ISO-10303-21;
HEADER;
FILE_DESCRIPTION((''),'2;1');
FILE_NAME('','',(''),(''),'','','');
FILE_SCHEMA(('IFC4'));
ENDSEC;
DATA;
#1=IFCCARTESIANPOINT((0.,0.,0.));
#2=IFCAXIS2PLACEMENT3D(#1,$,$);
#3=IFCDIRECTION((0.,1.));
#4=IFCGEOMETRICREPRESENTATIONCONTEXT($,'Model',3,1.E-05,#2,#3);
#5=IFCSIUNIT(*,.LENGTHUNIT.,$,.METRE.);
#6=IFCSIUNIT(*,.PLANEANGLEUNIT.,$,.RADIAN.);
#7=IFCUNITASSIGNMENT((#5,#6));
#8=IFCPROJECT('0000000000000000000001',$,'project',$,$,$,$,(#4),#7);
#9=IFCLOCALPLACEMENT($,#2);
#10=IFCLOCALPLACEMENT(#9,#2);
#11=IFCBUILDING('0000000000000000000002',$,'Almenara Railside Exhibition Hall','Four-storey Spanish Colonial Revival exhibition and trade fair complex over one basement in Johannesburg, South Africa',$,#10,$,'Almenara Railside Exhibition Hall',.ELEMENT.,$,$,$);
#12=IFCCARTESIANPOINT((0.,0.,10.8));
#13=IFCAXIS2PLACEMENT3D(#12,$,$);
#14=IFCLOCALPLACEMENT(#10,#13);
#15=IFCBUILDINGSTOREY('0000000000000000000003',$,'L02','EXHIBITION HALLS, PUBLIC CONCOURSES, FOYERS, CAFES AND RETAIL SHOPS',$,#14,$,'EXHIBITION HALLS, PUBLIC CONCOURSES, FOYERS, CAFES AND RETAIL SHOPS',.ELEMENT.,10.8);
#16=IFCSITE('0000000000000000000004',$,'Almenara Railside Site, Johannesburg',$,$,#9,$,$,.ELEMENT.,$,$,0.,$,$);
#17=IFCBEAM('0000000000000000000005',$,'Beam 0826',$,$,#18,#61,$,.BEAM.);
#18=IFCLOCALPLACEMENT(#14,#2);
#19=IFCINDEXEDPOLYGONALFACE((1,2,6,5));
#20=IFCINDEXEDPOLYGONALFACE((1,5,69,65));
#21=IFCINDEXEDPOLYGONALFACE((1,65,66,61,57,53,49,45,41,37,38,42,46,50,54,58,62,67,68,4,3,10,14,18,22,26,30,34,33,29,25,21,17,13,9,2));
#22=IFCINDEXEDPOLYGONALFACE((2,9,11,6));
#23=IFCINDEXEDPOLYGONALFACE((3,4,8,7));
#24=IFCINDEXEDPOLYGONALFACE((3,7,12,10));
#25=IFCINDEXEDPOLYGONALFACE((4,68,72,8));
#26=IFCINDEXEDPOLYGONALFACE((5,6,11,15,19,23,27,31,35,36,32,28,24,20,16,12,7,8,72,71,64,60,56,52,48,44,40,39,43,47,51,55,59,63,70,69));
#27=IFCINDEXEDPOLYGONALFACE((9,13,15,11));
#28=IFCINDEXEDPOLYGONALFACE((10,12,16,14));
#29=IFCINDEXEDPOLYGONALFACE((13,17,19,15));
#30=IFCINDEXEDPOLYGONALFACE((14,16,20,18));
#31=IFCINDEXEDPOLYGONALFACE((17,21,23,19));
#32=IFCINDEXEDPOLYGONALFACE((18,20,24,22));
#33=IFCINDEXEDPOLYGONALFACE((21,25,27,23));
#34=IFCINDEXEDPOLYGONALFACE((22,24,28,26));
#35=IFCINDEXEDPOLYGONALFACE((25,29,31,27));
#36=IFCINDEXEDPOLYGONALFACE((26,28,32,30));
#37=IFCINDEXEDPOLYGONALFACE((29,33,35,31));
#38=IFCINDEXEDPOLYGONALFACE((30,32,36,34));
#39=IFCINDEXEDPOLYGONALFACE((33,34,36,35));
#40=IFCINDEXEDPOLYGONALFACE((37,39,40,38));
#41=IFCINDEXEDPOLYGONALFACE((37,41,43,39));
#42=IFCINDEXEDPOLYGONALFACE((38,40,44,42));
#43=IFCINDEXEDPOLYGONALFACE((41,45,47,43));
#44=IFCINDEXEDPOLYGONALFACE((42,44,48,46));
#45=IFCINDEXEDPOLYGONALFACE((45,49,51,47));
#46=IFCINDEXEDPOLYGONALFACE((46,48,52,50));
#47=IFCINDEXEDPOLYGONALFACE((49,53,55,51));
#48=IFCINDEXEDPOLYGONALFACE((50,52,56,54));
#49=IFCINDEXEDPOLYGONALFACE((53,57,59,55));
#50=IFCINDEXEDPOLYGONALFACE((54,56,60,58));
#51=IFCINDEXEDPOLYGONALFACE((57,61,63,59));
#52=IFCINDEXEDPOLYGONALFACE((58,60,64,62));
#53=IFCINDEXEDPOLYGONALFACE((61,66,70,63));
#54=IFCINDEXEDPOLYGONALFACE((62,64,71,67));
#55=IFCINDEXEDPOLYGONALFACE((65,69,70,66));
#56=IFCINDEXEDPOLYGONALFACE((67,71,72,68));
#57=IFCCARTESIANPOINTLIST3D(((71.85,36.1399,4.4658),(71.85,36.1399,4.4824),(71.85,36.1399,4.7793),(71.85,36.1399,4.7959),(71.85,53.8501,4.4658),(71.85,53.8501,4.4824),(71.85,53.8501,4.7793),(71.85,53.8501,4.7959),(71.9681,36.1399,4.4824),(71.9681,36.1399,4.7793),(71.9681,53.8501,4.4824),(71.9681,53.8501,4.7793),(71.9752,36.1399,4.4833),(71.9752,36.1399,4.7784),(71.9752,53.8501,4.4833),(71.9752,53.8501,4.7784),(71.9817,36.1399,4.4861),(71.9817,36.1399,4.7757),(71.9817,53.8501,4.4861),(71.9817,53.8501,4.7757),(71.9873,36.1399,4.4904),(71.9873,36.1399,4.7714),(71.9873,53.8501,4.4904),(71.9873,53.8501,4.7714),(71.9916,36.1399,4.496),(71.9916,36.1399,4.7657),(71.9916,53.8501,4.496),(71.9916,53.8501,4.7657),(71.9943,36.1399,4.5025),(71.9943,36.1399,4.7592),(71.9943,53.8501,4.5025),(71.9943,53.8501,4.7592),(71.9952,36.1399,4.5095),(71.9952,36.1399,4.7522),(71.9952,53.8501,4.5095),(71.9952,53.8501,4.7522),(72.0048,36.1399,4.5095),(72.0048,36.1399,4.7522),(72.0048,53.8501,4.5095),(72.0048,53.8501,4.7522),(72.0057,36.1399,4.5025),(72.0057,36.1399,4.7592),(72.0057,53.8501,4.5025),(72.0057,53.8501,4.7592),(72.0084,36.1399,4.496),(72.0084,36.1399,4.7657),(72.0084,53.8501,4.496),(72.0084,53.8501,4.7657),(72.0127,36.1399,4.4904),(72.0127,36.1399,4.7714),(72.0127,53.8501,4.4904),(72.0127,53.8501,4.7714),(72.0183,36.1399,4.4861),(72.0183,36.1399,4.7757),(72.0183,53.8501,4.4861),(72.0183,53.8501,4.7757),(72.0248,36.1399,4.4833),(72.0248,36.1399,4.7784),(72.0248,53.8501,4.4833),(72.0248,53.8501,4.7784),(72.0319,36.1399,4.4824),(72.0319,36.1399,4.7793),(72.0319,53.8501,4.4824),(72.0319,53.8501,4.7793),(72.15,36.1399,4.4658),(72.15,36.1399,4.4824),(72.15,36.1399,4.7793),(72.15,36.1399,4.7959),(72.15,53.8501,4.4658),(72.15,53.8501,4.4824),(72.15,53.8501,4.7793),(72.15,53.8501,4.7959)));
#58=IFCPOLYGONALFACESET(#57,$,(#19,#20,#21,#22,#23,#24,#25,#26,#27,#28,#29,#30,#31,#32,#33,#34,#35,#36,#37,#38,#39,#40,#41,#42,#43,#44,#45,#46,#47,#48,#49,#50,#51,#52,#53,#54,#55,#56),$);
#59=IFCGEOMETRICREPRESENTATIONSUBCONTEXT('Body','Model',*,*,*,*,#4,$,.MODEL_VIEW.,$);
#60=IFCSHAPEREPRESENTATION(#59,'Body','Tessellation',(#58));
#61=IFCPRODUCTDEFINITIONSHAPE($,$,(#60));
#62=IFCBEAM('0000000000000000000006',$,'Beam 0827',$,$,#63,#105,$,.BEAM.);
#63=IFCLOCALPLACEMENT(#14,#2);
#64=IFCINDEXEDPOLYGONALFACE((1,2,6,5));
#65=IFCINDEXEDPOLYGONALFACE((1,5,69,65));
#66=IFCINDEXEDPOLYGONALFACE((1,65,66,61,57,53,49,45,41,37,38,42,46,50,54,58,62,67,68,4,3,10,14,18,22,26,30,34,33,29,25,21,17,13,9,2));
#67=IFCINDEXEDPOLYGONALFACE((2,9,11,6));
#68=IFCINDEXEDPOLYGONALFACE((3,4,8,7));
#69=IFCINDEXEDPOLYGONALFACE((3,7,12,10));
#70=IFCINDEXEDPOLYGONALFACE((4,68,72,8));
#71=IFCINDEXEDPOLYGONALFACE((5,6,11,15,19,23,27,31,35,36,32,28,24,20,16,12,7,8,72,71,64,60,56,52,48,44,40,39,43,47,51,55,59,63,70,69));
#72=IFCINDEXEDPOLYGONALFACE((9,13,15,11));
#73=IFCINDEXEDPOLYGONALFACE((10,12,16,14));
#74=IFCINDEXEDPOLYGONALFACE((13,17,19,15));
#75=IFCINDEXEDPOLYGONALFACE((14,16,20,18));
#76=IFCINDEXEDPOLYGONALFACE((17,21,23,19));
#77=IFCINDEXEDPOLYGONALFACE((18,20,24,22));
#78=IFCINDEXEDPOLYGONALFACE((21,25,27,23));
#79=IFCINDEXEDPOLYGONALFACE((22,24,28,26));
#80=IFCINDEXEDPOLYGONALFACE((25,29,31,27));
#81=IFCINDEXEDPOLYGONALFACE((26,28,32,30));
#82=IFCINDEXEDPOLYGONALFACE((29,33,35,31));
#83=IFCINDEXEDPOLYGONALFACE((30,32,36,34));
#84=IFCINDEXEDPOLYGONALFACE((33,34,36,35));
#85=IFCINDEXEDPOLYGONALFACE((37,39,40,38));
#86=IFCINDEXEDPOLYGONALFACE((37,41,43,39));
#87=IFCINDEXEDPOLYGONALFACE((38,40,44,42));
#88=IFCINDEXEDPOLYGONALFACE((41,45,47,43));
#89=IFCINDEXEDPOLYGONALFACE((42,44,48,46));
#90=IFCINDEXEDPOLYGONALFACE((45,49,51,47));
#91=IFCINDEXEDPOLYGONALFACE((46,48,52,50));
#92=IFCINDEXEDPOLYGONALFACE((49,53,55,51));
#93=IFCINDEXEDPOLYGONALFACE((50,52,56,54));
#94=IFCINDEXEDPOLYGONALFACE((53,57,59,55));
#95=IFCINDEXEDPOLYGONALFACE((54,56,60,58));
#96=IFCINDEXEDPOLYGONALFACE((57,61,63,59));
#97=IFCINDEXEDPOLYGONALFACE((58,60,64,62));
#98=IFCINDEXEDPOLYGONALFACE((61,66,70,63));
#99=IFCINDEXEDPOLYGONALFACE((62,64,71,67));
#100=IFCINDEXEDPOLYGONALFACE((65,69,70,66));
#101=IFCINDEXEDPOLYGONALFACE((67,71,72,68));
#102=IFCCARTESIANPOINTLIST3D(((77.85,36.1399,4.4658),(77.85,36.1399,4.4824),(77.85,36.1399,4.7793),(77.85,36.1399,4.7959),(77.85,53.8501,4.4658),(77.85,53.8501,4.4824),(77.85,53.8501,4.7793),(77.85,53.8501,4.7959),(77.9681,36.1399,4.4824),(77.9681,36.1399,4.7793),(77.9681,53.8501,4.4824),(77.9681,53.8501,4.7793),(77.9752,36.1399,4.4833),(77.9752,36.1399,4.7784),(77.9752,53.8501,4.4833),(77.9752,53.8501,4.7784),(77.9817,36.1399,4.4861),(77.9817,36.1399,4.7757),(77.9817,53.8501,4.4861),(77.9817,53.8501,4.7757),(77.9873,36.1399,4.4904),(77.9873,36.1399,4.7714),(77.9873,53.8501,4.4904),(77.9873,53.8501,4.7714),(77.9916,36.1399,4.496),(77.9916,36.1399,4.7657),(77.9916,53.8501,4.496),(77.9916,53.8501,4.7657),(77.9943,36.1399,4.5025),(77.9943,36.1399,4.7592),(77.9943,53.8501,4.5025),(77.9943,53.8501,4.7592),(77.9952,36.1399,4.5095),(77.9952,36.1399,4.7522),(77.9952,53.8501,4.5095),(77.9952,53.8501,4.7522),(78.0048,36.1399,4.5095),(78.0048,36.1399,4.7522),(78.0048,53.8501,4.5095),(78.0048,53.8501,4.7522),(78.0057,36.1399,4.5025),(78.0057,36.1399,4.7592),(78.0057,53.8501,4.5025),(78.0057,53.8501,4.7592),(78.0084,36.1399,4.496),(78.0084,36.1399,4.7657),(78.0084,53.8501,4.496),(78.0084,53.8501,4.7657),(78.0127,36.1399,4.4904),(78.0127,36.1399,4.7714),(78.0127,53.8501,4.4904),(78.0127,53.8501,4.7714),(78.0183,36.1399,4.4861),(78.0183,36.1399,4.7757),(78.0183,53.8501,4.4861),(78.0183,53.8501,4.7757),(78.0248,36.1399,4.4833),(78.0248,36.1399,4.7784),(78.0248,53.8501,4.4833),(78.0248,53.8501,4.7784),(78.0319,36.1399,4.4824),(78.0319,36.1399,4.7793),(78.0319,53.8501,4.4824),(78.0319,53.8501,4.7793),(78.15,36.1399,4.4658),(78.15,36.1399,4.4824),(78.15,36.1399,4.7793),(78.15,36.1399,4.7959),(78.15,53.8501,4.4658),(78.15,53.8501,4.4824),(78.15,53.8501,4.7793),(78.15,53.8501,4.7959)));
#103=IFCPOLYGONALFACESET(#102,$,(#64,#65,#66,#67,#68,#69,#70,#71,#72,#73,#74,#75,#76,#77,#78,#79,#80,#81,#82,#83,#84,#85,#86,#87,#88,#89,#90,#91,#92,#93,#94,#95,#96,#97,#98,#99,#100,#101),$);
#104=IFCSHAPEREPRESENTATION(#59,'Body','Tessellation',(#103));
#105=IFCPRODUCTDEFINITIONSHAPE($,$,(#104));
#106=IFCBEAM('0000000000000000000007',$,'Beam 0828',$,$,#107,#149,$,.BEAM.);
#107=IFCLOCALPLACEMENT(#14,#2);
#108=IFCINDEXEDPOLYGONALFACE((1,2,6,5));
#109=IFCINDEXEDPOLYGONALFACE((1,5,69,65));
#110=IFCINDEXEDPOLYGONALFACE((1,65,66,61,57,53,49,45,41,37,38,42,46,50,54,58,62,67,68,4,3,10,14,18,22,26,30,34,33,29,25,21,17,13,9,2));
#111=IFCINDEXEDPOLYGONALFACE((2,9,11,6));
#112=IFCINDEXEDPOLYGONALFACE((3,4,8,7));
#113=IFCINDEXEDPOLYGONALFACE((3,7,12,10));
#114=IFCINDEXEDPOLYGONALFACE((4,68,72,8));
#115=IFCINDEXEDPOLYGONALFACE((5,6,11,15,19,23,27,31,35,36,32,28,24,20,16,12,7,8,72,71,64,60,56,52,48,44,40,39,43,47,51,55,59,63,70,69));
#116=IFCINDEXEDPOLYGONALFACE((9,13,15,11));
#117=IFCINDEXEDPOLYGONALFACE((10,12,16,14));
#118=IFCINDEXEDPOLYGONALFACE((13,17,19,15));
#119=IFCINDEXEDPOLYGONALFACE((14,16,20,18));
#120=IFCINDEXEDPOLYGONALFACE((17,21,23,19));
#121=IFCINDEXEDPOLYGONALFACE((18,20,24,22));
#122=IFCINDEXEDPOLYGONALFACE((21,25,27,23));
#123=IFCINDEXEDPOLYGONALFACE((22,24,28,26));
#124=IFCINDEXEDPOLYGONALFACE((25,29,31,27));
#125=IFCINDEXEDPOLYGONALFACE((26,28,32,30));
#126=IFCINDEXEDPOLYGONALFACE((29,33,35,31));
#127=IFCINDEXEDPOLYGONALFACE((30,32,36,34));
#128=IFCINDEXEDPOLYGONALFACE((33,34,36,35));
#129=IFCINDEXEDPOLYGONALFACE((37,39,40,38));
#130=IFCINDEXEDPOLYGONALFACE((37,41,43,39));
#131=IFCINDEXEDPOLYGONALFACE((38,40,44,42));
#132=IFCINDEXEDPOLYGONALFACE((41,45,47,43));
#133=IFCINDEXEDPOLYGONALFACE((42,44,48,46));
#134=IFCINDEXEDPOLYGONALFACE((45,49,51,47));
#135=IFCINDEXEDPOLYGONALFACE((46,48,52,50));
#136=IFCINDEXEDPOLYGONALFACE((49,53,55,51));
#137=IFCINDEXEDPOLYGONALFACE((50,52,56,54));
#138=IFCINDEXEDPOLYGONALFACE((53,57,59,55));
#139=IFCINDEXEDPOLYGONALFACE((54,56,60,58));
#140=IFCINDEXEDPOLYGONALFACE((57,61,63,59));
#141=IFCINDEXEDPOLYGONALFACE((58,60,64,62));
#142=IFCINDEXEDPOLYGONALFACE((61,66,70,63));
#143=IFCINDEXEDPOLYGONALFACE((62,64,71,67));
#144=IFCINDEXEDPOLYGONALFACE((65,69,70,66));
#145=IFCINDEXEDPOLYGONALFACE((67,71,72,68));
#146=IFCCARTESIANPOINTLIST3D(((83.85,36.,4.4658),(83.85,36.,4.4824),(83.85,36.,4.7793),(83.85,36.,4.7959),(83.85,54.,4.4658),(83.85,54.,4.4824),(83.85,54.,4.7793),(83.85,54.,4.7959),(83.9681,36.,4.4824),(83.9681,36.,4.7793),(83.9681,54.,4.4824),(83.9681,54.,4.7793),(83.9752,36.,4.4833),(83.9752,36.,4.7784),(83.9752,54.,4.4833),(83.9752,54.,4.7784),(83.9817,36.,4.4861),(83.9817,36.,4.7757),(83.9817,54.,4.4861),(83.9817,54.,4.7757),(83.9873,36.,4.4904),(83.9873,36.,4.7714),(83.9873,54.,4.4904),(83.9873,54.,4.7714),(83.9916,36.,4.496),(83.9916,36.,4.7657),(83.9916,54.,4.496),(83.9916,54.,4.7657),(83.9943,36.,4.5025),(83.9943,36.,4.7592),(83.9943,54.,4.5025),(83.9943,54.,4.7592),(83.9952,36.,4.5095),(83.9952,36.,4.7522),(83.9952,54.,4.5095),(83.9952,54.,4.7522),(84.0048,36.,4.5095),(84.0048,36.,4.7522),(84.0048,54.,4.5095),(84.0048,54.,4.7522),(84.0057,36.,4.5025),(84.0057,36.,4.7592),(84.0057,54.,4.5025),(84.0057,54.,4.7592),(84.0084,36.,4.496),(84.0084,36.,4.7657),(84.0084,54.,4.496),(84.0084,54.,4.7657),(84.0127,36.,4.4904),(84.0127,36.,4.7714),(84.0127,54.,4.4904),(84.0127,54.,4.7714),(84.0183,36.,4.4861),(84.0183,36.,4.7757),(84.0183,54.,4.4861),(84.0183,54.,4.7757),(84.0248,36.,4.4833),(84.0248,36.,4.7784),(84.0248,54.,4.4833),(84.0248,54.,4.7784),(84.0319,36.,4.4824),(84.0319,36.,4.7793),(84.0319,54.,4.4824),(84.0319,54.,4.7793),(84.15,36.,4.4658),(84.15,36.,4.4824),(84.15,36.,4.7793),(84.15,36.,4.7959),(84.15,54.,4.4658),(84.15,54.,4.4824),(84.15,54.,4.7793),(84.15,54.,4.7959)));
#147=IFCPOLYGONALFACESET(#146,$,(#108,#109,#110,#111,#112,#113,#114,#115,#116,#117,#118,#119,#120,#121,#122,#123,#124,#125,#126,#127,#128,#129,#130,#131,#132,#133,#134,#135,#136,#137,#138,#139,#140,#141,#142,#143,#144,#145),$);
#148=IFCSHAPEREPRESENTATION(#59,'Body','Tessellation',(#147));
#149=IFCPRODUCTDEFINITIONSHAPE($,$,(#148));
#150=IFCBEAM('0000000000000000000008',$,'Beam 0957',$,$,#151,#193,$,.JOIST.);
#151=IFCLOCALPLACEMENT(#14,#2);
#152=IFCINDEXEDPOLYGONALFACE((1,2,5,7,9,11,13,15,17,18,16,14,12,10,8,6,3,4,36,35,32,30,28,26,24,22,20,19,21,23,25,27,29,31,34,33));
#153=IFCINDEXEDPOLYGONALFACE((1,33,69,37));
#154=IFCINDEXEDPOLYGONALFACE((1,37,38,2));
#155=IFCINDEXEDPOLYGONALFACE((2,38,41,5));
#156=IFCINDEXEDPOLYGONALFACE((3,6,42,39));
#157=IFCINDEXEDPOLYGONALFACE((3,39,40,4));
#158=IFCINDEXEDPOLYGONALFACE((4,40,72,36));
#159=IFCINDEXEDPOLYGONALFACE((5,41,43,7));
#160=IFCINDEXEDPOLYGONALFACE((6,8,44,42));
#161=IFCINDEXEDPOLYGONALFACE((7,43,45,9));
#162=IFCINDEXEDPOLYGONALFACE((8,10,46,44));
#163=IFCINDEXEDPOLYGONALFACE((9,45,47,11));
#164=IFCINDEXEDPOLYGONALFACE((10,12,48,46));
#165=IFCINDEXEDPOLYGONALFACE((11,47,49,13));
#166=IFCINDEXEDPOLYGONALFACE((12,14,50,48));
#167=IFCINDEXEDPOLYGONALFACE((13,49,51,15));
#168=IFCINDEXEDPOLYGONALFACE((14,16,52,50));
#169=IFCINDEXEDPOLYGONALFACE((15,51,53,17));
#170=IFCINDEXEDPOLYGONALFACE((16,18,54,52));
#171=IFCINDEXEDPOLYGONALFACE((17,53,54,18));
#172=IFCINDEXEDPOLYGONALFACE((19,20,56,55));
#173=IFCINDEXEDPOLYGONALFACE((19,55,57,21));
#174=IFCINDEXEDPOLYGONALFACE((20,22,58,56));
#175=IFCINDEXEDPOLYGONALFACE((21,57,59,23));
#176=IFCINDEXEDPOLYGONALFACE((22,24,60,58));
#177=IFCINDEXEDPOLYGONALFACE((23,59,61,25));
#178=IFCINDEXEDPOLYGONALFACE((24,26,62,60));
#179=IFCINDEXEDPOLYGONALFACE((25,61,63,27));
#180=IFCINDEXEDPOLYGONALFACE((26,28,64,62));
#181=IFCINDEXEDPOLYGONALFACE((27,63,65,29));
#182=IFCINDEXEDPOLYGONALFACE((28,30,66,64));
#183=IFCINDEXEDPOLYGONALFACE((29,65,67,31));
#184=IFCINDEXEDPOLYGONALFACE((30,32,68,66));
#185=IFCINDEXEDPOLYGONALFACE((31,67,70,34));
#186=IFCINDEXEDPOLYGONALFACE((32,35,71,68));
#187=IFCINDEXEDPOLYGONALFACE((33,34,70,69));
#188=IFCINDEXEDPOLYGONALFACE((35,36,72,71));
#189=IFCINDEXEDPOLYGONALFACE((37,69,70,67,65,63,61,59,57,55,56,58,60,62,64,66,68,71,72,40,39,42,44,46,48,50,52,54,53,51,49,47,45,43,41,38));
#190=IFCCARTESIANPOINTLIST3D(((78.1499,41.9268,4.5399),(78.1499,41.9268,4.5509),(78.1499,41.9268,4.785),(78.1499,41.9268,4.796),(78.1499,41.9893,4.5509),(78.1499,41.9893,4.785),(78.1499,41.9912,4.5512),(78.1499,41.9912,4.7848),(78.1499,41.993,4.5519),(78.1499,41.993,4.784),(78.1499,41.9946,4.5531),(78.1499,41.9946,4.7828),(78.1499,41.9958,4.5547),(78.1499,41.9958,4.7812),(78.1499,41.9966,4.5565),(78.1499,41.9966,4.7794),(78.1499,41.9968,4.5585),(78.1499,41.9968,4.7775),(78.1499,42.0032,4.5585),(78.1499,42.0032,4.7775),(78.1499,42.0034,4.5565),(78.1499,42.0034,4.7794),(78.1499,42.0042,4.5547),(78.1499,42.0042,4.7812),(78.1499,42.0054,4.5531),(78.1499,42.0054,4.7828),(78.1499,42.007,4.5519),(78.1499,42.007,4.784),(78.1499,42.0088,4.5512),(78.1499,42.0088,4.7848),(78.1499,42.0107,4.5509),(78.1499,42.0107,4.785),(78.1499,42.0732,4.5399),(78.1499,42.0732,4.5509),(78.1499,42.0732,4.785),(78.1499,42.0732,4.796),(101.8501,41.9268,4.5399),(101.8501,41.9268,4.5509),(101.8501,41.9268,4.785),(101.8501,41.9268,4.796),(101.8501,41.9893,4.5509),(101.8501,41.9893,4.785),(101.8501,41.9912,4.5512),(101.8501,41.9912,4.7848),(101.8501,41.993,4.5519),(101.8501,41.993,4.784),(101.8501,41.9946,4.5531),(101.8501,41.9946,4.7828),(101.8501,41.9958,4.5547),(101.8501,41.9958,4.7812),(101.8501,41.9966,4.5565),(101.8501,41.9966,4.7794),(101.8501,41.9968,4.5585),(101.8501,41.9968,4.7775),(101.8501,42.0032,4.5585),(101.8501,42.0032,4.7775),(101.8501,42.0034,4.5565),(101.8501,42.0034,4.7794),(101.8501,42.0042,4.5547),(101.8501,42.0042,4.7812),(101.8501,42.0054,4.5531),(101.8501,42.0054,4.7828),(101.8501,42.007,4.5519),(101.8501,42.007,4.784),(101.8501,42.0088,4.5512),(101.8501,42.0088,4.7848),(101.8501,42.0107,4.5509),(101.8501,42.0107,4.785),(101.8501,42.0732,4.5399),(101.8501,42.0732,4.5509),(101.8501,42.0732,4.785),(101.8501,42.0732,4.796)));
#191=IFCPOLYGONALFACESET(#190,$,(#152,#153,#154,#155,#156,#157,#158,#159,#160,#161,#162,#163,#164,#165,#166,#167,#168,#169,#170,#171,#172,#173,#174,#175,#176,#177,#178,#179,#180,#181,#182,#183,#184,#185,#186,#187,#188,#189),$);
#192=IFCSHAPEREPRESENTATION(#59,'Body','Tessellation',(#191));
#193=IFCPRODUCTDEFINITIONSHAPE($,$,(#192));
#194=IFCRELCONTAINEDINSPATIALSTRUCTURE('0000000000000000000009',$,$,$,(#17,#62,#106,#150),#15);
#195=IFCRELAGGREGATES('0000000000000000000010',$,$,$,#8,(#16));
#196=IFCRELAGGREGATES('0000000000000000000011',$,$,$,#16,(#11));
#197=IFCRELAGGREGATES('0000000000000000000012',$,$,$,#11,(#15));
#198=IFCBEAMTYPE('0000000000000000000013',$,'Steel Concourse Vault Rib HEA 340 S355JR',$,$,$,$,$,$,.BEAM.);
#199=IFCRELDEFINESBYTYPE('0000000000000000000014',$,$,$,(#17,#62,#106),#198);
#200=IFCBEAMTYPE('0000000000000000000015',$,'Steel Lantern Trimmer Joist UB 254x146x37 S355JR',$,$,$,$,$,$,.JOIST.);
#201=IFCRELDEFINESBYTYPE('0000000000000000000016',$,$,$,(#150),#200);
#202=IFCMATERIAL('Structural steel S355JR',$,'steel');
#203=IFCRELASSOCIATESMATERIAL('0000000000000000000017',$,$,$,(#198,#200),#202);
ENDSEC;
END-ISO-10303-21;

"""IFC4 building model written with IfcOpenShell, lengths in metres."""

from ifc_helpers import new_model, si_unit, direction, frame, origin, origin_2d, place, context, subcontext, project, spatial, i_section, extrude, material, material_profile, profile_set, type_object, element, save


model = new_model("IFC4")

# Units and contexts
model_context = context("Model", 3, precision=1e-05, world=origin(), true_north=direction((0.0, 1.0)))
body_context = subcontext(model_context, "Body", "Model", "MODEL_VIEW")
ifc_project = project(units=[si_unit("LENGTHUNIT", "METRE"), si_unit("PLANEANGLEUNIT", "RADIAN")], contexts=[model_context])

# Site, building, storey
site_placement = place(None, origin())
site = spatial("IfcSite", under=ifc_project, at=site_placement, Name="Almenara Railside Site, Johannesburg", CompositionType="ELEMENT", RefElevation=0.0)
building_placement = place(site_placement, origin())
building = spatial("IfcBuilding", under=site, at=building_placement, Name="Almenara Railside Exhibition Hall", Description="Four-storey Spanish Colonial Revival exhibition and trade fair complex over one basement in Johannesburg, South Africa", LongName="Almenara Railside Exhibition Hall", CompositionType="ELEMENT")
storey_placement = place(building_placement, frame((0.0, 0.0, 10.8)))
storey = spatial("IfcBuildingStorey", under=building, at=storey_placement, Name="L02", Description="EXHIBITION HALLS, PUBLIC CONCOURSES, FOYERS, CAFES AND RETAIL SHOPS", LongName="EXHIBITION HALLS, PUBLIC CONCOURSES, FOYERS, CAFES AND RETAIL SHOPS", CompositionType="ELEMENT", Elevation=10.8)

# Shared definitions
ifc_material_1 = material(Name="Structural steel S355JR", Category="steel")

# Beams
ifc_material_profile_1 = material_profile(ifc_material_1, i_section(OverallWidth=0.3, OverallDepth=0.3301, WebThickness=0.0095, FlangeThickness=0.0166, FilletRadius=0.0271, at=origin_2d()), Name="HEA 340")
ifc_profile_set_1 = profile_set([ifc_material_profile_1], Name="Structural steel S355JR")
beam_type_1 = type_object("IfcBeamType", Name="Steel Concourse Vault Rib HEA 340 S355JR", PredefinedType="BEAM", material=ifc_profile_set_1)
for number, where, z_axis, x_axis, name in (
    (1, (72.0, 36.1399, 4.6309), (0.0, 1.0, 0.0), (-1.0, 0.0, 0.0), "Beam 0826"),
    (2, (78.0, 36.1399, 4.6309), (0.0, 1.0, 0.0), (-1.0, 0.0, 0.0), "Beam 0827"),
):
    element("IfcBeam", number, at=place(storey_placement, frame(where, z_axis=z_axis, x_axis=x_axis)), inside=storey, type_object=beam_type_1, Name=name, PredefinedType="BEAM", context=body_context, shape_type="SweptSolid", body=[
        extrude(i_section(OverallWidth=0.3, OverallDepth=0.3301, WebThickness=0.0095, FlangeThickness=0.0166, FilletRadius=0.0271, at=origin_2d()), origin(), (0.0, 0.0, 1.0), 17.7102),
    ])
beam_1_placement = place(storey_placement, frame((84.0, 36.0, 4.6309), z_axis=(0.0, 1.0, 0.0), x_axis=(-1.0, 0.0, 0.0)))
element("IfcBeam", 3, at=beam_1_placement, inside=storey, type_object=beam_type_1, Name="Beam 0828", PredefinedType="BEAM", context=body_context, shape_type="SweptSolid", body=[
    extrude(i_section(OverallWidth=0.3, OverallDepth=0.3301, WebThickness=0.0095, FlangeThickness=0.0166, FilletRadius=0.0271, at=origin_2d()), origin(), (0.0, 0.0, 1.0), 18.0),
])
ifc_material_profile_2 = material_profile(ifc_material_1, i_section(OverallWidth=0.1465, OverallDepth=0.2561, WebThickness=0.0063, FlangeThickness=0.011, FilletRadius=0.0076, at=origin_2d()), Name="UB 254x146x37")
ifc_profile_set_2 = profile_set([ifc_material_profile_2], Name="Structural steel S355JR")
beam_type_2 = type_object("IfcBeamType", Name="Steel Lantern Trimmer Joist UB 254x146x37 S355JR", PredefinedType="JOIST", material=ifc_profile_set_2)
beam_2_placement = place(storey_placement, frame((78.1499, 42.0, 4.668), z_axis=(1.0, 0.0, 0.0), x_axis=(0.0, 1.0, 0.0)))
element("IfcBeam", 4, at=beam_2_placement, inside=storey, type_object=beam_type_2, Name="Beam 0957", PredefinedType="JOIST", context=body_context, shape_type="SweptSolid", body=[
    extrude(i_section(OverallWidth=0.1465, OverallDepth=0.2561, WebThickness=0.0063, FlangeThickness=0.011, FilletRadius=0.0076, at=origin_2d()), origin(), (0.0, 0.0, 1.0), 23.7002),
])

save(model, "model.ifc")
